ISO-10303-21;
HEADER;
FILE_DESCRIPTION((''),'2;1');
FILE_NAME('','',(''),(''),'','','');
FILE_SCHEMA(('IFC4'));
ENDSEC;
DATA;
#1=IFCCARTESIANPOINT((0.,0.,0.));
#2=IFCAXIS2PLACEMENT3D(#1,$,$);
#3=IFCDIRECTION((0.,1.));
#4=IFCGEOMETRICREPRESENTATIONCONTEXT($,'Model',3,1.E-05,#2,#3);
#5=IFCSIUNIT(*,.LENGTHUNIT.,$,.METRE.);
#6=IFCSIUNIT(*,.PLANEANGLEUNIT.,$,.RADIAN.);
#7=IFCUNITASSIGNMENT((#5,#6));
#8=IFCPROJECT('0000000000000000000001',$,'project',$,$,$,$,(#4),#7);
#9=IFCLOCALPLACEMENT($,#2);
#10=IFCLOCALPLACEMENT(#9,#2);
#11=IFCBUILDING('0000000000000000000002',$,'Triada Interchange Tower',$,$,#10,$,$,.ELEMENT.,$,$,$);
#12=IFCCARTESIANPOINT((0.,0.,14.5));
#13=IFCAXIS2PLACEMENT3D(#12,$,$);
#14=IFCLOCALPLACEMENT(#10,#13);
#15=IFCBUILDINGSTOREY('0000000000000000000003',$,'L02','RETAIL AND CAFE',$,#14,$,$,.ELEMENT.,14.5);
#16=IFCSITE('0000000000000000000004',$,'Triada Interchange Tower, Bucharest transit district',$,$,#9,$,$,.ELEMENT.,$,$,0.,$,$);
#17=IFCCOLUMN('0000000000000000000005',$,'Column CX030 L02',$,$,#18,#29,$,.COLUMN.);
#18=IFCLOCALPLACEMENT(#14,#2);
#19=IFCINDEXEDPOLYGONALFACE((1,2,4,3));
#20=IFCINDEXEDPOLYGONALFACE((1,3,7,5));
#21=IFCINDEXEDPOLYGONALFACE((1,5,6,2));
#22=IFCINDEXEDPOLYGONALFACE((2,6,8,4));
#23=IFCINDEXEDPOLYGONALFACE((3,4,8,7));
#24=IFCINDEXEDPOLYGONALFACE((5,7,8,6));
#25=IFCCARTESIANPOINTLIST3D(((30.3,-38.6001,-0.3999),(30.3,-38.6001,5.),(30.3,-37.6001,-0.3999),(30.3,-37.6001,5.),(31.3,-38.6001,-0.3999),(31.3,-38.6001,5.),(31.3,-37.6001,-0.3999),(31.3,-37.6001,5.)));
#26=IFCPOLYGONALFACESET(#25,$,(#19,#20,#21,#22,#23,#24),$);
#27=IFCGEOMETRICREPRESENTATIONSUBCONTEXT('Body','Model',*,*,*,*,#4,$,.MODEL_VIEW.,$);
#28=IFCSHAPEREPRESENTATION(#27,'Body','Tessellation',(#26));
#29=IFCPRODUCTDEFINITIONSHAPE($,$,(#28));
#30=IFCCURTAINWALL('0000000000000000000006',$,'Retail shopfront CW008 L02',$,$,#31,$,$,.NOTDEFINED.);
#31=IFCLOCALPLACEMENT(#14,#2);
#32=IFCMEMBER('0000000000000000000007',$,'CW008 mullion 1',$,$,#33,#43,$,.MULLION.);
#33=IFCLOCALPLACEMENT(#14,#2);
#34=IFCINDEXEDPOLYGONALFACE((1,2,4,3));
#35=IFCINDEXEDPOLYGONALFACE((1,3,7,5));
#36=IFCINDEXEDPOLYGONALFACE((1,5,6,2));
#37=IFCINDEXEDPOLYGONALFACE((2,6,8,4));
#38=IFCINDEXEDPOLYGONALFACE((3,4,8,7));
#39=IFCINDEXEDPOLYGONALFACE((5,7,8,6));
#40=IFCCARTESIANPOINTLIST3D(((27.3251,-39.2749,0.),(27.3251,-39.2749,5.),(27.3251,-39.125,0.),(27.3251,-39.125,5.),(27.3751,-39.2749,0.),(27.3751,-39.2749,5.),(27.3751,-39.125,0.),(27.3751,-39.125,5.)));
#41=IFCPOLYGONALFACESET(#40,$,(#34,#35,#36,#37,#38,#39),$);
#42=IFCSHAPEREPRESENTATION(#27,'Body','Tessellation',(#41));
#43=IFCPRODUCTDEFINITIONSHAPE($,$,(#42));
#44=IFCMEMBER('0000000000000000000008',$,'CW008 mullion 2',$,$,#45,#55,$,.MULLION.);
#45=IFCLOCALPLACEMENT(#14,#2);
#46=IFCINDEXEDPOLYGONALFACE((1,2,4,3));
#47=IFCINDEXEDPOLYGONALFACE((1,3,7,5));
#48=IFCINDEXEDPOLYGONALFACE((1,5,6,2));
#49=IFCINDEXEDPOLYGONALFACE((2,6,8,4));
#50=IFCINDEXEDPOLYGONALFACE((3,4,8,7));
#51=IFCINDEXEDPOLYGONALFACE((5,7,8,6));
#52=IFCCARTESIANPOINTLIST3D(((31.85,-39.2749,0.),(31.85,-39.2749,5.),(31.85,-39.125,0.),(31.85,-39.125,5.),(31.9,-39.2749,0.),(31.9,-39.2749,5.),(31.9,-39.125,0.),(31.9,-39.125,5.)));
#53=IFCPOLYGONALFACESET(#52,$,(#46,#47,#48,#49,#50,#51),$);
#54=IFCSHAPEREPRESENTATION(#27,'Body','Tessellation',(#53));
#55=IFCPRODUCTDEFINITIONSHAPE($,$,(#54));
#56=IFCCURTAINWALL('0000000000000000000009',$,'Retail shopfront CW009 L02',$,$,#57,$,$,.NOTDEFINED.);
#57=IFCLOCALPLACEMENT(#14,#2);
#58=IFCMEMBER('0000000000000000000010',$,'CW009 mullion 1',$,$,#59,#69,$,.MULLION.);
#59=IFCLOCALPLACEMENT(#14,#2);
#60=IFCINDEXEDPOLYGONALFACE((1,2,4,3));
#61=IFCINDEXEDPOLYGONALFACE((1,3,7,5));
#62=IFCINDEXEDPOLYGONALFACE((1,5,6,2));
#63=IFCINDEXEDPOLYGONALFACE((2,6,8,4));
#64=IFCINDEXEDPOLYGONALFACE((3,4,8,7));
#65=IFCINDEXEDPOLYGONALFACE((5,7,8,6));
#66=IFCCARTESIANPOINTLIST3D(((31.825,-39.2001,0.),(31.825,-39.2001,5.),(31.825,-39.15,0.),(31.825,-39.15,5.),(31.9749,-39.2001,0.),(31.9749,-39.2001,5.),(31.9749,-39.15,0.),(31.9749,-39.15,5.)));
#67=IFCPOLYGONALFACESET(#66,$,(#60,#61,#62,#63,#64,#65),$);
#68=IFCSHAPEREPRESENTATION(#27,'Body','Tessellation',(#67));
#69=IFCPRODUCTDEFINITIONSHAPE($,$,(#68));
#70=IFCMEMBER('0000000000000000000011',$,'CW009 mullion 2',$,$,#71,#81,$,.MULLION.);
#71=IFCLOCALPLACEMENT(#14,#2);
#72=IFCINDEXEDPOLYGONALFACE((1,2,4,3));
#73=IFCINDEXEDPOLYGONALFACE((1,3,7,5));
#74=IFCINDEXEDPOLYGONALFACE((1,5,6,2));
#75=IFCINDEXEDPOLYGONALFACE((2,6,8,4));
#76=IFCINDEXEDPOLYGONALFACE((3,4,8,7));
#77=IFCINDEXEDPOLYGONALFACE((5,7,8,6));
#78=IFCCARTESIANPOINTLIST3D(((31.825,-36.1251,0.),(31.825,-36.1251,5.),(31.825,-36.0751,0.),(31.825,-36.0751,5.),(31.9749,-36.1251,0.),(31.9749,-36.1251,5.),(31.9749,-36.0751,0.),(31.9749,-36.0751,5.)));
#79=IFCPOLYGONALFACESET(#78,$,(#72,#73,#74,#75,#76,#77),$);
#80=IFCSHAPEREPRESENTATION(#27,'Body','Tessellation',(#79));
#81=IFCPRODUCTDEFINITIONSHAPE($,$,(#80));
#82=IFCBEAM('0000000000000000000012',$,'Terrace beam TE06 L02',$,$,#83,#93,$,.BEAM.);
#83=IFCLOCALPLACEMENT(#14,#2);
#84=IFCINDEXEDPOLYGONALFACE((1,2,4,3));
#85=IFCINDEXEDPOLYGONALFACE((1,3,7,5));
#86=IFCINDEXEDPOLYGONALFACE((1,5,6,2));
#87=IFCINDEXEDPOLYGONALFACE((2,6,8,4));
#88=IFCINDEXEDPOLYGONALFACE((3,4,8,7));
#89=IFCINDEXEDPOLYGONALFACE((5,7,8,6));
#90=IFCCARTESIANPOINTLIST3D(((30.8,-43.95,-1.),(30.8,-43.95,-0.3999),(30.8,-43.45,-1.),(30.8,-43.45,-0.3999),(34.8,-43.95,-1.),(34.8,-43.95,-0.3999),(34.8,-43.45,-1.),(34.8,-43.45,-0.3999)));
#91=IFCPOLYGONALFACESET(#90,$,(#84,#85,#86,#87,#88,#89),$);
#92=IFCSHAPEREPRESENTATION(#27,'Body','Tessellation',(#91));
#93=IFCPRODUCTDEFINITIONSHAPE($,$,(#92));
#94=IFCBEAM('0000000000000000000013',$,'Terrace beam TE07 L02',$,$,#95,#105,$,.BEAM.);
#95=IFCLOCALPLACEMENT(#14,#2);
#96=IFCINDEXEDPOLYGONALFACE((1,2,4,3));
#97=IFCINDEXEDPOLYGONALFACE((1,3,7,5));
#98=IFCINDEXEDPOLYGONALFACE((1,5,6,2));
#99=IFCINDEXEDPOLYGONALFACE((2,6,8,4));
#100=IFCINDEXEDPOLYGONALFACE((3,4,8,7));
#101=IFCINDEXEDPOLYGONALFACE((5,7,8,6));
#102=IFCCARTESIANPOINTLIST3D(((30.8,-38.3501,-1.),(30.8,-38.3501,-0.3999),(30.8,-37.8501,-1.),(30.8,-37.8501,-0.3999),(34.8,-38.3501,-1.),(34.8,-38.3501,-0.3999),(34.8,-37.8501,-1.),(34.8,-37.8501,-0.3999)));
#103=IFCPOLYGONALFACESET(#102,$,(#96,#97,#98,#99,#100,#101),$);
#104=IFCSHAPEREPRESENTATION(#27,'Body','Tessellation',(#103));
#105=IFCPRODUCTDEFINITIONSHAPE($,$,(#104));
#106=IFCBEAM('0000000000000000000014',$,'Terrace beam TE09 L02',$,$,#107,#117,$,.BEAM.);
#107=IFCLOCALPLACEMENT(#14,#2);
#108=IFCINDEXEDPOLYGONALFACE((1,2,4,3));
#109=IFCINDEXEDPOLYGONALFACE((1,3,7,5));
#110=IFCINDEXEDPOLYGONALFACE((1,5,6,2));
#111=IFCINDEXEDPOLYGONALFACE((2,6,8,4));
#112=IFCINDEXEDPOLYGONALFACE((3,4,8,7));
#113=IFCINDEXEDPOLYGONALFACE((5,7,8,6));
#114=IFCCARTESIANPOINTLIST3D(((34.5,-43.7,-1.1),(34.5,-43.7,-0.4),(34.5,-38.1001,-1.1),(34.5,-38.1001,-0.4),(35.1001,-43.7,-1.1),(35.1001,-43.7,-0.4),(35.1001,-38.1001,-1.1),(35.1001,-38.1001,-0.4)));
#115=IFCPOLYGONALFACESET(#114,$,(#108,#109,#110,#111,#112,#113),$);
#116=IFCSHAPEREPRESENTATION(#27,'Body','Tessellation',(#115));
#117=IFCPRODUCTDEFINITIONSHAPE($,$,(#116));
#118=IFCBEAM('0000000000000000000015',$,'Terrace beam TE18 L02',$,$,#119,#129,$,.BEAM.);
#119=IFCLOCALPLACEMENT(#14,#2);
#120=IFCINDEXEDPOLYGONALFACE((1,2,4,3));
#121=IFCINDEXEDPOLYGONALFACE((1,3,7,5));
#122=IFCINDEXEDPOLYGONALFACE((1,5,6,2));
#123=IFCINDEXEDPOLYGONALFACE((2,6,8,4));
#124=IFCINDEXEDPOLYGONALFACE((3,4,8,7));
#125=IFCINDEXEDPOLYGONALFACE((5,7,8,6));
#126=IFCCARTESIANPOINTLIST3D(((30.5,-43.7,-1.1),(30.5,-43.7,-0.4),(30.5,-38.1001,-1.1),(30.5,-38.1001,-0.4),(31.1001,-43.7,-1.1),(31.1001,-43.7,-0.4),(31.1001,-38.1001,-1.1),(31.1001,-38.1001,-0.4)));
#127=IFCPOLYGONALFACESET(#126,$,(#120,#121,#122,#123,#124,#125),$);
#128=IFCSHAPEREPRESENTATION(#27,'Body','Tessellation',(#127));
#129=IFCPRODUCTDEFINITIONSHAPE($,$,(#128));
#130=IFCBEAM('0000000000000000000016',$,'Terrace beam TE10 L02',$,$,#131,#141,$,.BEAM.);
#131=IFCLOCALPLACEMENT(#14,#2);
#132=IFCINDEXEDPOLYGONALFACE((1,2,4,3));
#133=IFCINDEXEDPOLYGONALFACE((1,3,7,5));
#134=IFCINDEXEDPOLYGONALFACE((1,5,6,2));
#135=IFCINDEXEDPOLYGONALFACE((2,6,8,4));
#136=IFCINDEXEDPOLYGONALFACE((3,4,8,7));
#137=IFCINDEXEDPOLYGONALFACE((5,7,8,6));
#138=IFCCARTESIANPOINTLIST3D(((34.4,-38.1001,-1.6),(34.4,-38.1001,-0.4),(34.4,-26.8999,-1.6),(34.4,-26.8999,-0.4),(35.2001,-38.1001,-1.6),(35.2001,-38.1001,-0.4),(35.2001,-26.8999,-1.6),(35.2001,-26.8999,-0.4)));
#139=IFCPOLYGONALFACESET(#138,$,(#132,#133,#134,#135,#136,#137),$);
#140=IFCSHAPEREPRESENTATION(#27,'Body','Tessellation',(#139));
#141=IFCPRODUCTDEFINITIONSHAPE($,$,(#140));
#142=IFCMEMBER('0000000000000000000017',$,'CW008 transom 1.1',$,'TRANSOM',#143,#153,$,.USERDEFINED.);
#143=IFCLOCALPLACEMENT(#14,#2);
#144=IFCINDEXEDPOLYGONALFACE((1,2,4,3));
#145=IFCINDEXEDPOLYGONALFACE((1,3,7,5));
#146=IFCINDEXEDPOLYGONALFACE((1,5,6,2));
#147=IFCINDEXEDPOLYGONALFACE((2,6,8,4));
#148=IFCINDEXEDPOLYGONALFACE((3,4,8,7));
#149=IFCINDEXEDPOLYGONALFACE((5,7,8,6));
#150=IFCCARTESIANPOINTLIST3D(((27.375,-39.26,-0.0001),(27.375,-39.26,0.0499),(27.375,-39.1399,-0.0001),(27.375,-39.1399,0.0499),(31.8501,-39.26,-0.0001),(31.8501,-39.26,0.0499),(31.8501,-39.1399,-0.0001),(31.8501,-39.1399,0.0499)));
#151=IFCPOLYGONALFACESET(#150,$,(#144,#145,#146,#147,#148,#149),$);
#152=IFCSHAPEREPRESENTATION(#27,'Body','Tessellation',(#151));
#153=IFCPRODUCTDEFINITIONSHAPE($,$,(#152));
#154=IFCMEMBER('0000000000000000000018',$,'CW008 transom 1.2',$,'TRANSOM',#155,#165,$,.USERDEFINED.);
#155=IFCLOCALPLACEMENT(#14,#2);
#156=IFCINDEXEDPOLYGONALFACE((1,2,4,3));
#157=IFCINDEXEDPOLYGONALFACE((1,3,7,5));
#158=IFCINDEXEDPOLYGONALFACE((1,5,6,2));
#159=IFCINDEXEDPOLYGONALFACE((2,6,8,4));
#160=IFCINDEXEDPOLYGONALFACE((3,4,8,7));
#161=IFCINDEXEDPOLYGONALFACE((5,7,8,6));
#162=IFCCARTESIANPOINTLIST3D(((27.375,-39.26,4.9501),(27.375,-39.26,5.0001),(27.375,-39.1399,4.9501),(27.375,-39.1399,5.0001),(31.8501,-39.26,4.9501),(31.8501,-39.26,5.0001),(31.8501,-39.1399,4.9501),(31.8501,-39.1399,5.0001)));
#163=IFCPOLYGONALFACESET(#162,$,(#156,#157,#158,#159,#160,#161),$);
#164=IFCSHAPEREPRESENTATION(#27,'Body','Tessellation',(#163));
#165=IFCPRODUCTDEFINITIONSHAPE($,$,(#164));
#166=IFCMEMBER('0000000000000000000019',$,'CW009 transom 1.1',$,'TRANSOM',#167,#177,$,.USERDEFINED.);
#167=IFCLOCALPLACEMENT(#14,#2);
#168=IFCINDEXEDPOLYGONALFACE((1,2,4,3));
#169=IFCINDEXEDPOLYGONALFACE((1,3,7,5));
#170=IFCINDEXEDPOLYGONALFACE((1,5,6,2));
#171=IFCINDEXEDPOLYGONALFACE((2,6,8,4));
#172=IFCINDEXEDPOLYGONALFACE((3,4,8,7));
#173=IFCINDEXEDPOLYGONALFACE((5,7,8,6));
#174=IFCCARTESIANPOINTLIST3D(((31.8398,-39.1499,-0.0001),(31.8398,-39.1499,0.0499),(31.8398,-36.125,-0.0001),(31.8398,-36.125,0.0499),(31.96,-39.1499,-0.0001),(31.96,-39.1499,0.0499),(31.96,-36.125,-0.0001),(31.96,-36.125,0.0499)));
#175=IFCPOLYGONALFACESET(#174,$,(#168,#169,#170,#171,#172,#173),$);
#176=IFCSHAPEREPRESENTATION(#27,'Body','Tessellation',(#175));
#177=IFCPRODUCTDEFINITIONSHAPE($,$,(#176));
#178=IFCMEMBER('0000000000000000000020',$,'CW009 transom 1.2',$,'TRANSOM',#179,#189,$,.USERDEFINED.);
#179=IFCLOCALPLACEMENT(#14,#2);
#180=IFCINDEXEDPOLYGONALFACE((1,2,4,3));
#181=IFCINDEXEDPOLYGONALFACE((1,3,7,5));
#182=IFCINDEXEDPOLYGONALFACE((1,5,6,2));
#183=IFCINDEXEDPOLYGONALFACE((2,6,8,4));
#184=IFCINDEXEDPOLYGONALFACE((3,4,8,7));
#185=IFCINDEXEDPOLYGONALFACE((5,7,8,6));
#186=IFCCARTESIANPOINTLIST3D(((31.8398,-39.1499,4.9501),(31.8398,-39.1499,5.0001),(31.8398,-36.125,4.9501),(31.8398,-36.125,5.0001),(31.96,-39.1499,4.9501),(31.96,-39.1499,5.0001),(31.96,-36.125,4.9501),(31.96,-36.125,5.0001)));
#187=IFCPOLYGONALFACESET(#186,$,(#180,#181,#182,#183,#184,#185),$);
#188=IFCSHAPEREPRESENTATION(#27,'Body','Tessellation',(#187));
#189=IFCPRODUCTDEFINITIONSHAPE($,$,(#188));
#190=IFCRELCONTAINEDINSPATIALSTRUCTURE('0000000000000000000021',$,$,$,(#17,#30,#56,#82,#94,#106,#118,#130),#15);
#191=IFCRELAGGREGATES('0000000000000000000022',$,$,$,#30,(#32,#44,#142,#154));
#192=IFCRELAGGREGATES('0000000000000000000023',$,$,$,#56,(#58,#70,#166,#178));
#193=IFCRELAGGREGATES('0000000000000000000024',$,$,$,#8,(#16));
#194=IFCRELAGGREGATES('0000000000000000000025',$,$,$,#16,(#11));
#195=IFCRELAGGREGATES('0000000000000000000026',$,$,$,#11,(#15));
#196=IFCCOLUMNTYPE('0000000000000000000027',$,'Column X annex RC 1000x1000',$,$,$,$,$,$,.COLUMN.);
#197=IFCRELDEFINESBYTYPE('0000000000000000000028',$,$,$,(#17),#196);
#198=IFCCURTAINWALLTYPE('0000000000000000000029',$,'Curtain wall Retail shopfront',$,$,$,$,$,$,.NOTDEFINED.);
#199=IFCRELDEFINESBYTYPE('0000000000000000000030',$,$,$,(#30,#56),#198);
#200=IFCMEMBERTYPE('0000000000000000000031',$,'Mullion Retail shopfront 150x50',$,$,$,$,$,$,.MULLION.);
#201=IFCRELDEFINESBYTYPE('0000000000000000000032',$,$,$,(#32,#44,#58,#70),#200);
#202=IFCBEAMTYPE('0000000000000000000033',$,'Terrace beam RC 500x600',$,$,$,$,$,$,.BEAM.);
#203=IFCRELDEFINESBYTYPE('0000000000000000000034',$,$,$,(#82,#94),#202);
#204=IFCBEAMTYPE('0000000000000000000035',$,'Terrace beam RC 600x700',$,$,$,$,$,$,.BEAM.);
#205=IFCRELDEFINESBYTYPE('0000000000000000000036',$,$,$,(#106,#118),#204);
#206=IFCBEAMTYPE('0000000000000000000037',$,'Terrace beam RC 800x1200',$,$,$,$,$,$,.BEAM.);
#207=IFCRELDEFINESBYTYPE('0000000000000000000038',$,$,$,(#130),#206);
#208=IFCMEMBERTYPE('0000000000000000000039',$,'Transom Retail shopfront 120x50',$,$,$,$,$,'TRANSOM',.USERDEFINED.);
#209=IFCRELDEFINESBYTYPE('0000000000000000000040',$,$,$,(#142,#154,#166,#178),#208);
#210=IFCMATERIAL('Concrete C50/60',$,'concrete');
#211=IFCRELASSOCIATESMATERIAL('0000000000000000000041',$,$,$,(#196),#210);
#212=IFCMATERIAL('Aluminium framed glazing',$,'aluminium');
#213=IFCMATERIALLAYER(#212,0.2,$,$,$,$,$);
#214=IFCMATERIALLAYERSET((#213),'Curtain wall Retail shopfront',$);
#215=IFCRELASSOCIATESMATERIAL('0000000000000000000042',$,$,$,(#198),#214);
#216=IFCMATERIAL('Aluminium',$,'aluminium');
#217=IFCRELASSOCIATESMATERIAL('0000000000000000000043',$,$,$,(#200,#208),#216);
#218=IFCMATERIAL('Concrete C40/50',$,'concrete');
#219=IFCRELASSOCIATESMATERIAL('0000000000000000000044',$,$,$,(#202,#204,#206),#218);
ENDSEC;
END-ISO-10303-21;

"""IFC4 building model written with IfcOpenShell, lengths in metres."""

from ifc_helpers import new_model, si_unit, direction, frame, origin, origin_2d, place, context, subcontext, project, spatial, rectangle, extrude, material, layer, layer_set, material_profile, profile_set, type_object, element, aggregate, save


model = new_model("IFC4")

# Units and contexts
model_context = context("Model", 3, precision=1e-05, world=origin(), true_north=direction((0.0, 1.0)))
body_context = subcontext(model_context, "Body", "Model", "MODEL_VIEW")
ifc_project = project(units=[si_unit("LENGTHUNIT", "METRE"), si_unit("PLANEANGLEUNIT", "RADIAN")], contexts=[model_context])

# Site, building, storey
site_placement = place(None, origin())
site = spatial("IfcSite", under=ifc_project, at=site_placement, Name="Triada Interchange Tower, Bucharest transit district", CompositionType="ELEMENT", RefElevation=0.0)
building_placement = place(site_placement, origin())
building = spatial("IfcBuilding", under=site, at=building_placement, Name="Triada Interchange Tower", CompositionType="ELEMENT")
storey_placement = place(building_placement, frame((0.0, 0.0, 14.5)))
storey = spatial("IfcBuildingStorey", under=building, at=storey_placement, Name="L02", Description="RETAIL AND CAFE", CompositionType="ELEMENT", Elevation=14.5)

# Column
ifc_material_1 = material(Name="Concrete C50/60", Category="concrete")
ifc_material_profile_1 = material_profile(ifc_material_1, rectangle(XDim=1.0, YDim=1.0, at=origin_2d()), Name="RC 1000x1000")
ifc_profile_set_1 = profile_set([ifc_material_profile_1], Name="Concrete C50/60")
column_type = type_object("IfcColumnType", Name="Column X annex RC 1000x1000", PredefinedType="COLUMN", material=ifc_profile_set_1)
column_placement = place(storey_placement, frame((30.8, -38.1001, -0.3999), z_axis=(0.0, 0.0, 1.0), x_axis=(1.0, 0.0, 0.0)))
element("IfcColumn", 1, at=column_placement, inside=storey, type_object=column_type, Name="Column CX030 L02", PredefinedType="COLUMN", context=body_context, shape_type="SweptSolid", body=[
    extrude(rectangle(XDim=1.0, YDim=1.0, at=origin_2d()), origin(), (0.0, 0.0, 1.0), 5.3999),
])

# Curtain walls, members
ifc_material_2 = material(Name="Aluminium framed glazing", Category="aluminium")
ifc_layer_1 = layer(ifc_material_2, 0.2)
ifc_layer_set_1 = layer_set([ifc_layer_1], Name="Curtain wall Retail shopfront")
curtain_wall_type = type_object("IfcCurtainWallType", Name="Curtain wall Retail shopfront", PredefinedType="NOTDEFINED", material=ifc_layer_set_1)
curtain_wall_1_placement = place(storey_placement, origin())
curtain_wall_1 = element("IfcCurtainWall", 2, at=curtain_wall_1_placement, inside=storey, type_object=curtain_wall_type, Name="Retail shopfront CW008 L02", PredefinedType="NOTDEFINED")
ifc_material_3 = material(Name="Aluminium", Category="aluminium")
ifc_material_profile_2 = material_profile(ifc_material_3, rectangle(XDim=0.1499, YDim=0.05, at=origin_2d()), Name="Aluminium mullion")
ifc_profile_set_2 = profile_set([ifc_material_profile_2], Name="Aluminium")
member_type_1 = type_object("IfcMemberType", Name="Mullion Retail shopfront 150x50", PredefinedType="MULLION", material=ifc_profile_set_2)
member_1_placement = place(storey_placement, frame((27.3501, -39.2, 0.0), z_axis=(0.0, 0.0, 1.0), x_axis=(0.0, 1.0, 0.0)))
member_1 = element("IfcMember", 3, at=member_1_placement, type_object=member_type_1, Name="CW008 mullion 1", PredefinedType="MULLION", context=body_context, shape_type="SweptSolid", body=[
    extrude(rectangle(XDim=0.1499, YDim=0.05, at=origin_2d()), origin(), (0.0, 0.0, 1.0), 5.0),
])
member_2_placement = place(storey_placement, frame((31.875, -39.2, 0.0), z_axis=(0.0, 0.0, 1.0), x_axis=(0.0, 1.0, 0.0)))
member_2 = element("IfcMember", 4, at=member_2_placement, type_object=member_type_1, Name="CW008 mullion 2", PredefinedType="MULLION", context=body_context, shape_type="SweptSolid", body=[
    extrude(rectangle(XDim=0.1499, YDim=0.05, at=origin_2d()), origin(), (0.0, 0.0, 1.0), 5.0),
])
curtain_wall_2_placement = place(storey_placement, origin())
curtain_wall_2 = element("IfcCurtainWall", 5, at=curtain_wall_2_placement, inside=storey, type_object=curtain_wall_type, Name="Retail shopfront CW009 L02", PredefinedType="NOTDEFINED")
member_3_placement = place(storey_placement, frame((31.8999, -39.175, 0.0), z_axis=(0.0, 0.0, 1.0), x_axis=(-1.0, 0.0, 0.0)))
member_3 = element("IfcMember", 6, at=member_3_placement, type_object=member_type_1, Name="CW009 mullion 1", PredefinedType="MULLION", context=body_context, shape_type="SweptSolid", body=[
    extrude(rectangle(XDim=0.1499, YDim=0.05, at=origin_2d()), origin(), (0.0, 0.0, 1.0), 5.0),
])
member_4_placement = place(storey_placement, frame((31.8999, -36.1001, 0.0), z_axis=(0.0, 0.0, 1.0), x_axis=(-1.0, 0.0, 0.0)))
member_4 = element("IfcMember", 7, at=member_4_placement, type_object=member_type_1, Name="CW009 mullion 2", PredefinedType="MULLION", context=body_context, shape_type="SweptSolid", body=[
    extrude(rectangle(XDim=0.1499, YDim=0.05, at=origin_2d()), origin(), (0.0, 0.0, 1.0), 5.0),
])

# Beams
ifc_material_4 = material(Name="Concrete C40/50", Category="concrete")
ifc_material_profile_3 = material_profile(ifc_material_4, rectangle(XDim=0.5, YDim=0.6001, at=origin_2d()), Name="RC 500x600")
ifc_profile_set_3 = profile_set([ifc_material_profile_3], Name="Concrete C40/50")
beam_type_1 = type_object("IfcBeamType", Name="Terrace beam RC 500x600", PredefinedType="BEAM", material=ifc_profile_set_3)
for number, where, z_axis, x_axis, name in (
    (8, (34.8, -43.7, -0.7), (-1.0, 0.0, 0.0), (0.0, -1.0, 0.0), "Terrace beam TE06 L02"),
    (9, (34.8, -38.1001, -0.7), (-1.0, 0.0, 0.0), (0.0, -1.0, 0.0), "Terrace beam TE07 L02"),
):
    element("IfcBeam", number, at=place(storey_placement, frame(where, z_axis=z_axis, x_axis=x_axis)), inside=storey, type_object=beam_type_1, Name=name, PredefinedType="BEAM", context=body_context, shape_type="SweptSolid", body=[
        extrude(rectangle(XDim=0.5, YDim=0.6001, at=origin_2d()), origin(), (0.0, 0.0, 1.0), 4.0),
    ])
ifc_material_profile_4 = material_profile(ifc_material_4, rectangle(XDim=0.6001, YDim=0.7, at=origin_2d()), Name="RC 600x700")
ifc_profile_set_4 = profile_set([ifc_material_profile_4], Name="Concrete C40/50")
beam_type_2 = type_object("IfcBeamType", Name="Terrace beam RC 600x700", PredefinedType="BEAM", material=ifc_profile_set_4)
for number, where, z_axis, x_axis, name in (
    (10, (34.8, -43.7, -0.75), (0.0, 1.0, 0.0), (-1.0, 0.0, 0.0), "Terrace beam TE09 L02"),
    (11, (30.8, -43.7, -0.75), (0.0, 1.0, 0.0), (-1.0, 0.0, 0.0), "Terrace beam TE18 L02"),
):
    element("IfcBeam", number, at=place(storey_placement, frame(where, z_axis=z_axis, x_axis=x_axis)), inside=storey, type_object=beam_type_2, Name=name, PredefinedType="BEAM", context=body_context, shape_type="SweptSolid", body=[
        extrude(rectangle(XDim=0.6001, YDim=0.7, at=origin_2d()), origin(), (0.0, 0.0, 1.0), 5.5999),
    ])
ifc_material_profile_5 = material_profile(ifc_material_4, rectangle(XDim=0.8, YDim=1.2, at=origin_2d()), Name="RC 800x1200")
ifc_profile_set_5 = profile_set([ifc_material_profile_5], Name="Concrete C40/50")
beam_type_3 = type_object("IfcBeamType", Name="Terrace beam RC 800x1200", PredefinedType="BEAM", material=ifc_profile_set_5)
beam_placement = place(storey_placement, frame((34.8, -38.1001, -1.0), z_axis=(0.0, 1.0, 0.0), x_axis=(-1.0, 0.0, 0.0)))
element("IfcBeam", 12, at=beam_placement, inside=storey, type_object=beam_type_3, Name="Terrace beam TE10 L02", PredefinedType="BEAM", context=body_context, shape_type="SweptSolid", body=[
    extrude(rectangle(XDim=0.8, YDim=1.2, at=origin_2d()), origin(), (0.0, 0.0, 1.0), 11.2002),
])

# Members
ifc_material_profile_6 = material_profile(ifc_material_3, rectangle(XDim=0.1201, YDim=0.05, at=origin_2d()), Name="Aluminium transom")
ifc_profile_set_6 = profile_set([ifc_material_profile_6], Name="Aluminium")
member_type_2 = type_object("IfcMemberType", Name="Transom Retail shopfront 120x50", ElementType="TRANSOM", PredefinedType="USERDEFINED", material=ifc_profile_set_6)
member_5_placement = place(storey_placement, frame((27.375, -39.2, 0.0249), z_axis=(1.0, 0.0, 0.0), x_axis=(0.0, 1.0, 0.0)))
member_5 = element("IfcMember", 13, at=member_5_placement, type_object=member_type_2, Name="CW008 transom 1.1", ObjectType="TRANSOM", PredefinedType="USERDEFINED", context=body_context, shape_type="SweptSolid", body=[
    extrude(rectangle(XDim=0.1201, YDim=0.05, at=origin_2d()), origin(), (0.0, 0.0, 1.0), 4.4751),
])
member_6_placement = place(storey_placement, frame((27.375, -39.2, 4.9751), z_axis=(1.0, 0.0, 0.0), x_axis=(0.0, 1.0, 0.0)))
member_6 = element("IfcMember", 14, at=member_6_placement, type_object=member_type_2, Name="CW008 transom 1.2", ObjectType="TRANSOM", PredefinedType="USERDEFINED", context=body_context, shape_type="SweptSolid", body=[
    extrude(rectangle(XDim=0.1201, YDim=0.05, at=origin_2d()), origin(), (0.0, 0.0, 1.0), 4.4751),
])
member_7_placement = place(storey_placement, frame((31.8999, -39.1499, 0.0249), z_axis=(0.0, 1.0, 0.0), x_axis=(-1.0, 0.0, 0.0)))
member_7 = element("IfcMember", 15, at=member_7_placement, type_object=member_type_2, Name="CW009 transom 1.1", ObjectType="TRANSOM", PredefinedType="USERDEFINED", context=body_context, shape_type="SweptSolid", body=[
    extrude(rectangle(XDim=0.1201, YDim=0.05, at=origin_2d()), origin(), (0.0, 0.0, 1.0), 3.0249),
])
member_8_placement = place(storey_placement, frame((31.8999, -39.1499, 4.9751), z_axis=(0.0, 1.0, 0.0), x_axis=(-1.0, 0.0, 0.0)))
member_8 = element("IfcMember", 16, at=member_8_placement, type_object=member_type_2, Name="CW009 transom 1.2", ObjectType="TRANSOM", PredefinedType="USERDEFINED", context=body_context, shape_type="SweptSolid", body=[
    extrude(rectangle(XDim=0.1201, YDim=0.05, at=origin_2d()), origin(), (0.0, 0.0, 1.0), 3.0249),
])

aggregate(curtain_wall_1, [member_1, member_2, member_5, member_6])
aggregate(curtain_wall_2, [member_3, member_4, member_7, member_8])

save(model, "model.ifc")
